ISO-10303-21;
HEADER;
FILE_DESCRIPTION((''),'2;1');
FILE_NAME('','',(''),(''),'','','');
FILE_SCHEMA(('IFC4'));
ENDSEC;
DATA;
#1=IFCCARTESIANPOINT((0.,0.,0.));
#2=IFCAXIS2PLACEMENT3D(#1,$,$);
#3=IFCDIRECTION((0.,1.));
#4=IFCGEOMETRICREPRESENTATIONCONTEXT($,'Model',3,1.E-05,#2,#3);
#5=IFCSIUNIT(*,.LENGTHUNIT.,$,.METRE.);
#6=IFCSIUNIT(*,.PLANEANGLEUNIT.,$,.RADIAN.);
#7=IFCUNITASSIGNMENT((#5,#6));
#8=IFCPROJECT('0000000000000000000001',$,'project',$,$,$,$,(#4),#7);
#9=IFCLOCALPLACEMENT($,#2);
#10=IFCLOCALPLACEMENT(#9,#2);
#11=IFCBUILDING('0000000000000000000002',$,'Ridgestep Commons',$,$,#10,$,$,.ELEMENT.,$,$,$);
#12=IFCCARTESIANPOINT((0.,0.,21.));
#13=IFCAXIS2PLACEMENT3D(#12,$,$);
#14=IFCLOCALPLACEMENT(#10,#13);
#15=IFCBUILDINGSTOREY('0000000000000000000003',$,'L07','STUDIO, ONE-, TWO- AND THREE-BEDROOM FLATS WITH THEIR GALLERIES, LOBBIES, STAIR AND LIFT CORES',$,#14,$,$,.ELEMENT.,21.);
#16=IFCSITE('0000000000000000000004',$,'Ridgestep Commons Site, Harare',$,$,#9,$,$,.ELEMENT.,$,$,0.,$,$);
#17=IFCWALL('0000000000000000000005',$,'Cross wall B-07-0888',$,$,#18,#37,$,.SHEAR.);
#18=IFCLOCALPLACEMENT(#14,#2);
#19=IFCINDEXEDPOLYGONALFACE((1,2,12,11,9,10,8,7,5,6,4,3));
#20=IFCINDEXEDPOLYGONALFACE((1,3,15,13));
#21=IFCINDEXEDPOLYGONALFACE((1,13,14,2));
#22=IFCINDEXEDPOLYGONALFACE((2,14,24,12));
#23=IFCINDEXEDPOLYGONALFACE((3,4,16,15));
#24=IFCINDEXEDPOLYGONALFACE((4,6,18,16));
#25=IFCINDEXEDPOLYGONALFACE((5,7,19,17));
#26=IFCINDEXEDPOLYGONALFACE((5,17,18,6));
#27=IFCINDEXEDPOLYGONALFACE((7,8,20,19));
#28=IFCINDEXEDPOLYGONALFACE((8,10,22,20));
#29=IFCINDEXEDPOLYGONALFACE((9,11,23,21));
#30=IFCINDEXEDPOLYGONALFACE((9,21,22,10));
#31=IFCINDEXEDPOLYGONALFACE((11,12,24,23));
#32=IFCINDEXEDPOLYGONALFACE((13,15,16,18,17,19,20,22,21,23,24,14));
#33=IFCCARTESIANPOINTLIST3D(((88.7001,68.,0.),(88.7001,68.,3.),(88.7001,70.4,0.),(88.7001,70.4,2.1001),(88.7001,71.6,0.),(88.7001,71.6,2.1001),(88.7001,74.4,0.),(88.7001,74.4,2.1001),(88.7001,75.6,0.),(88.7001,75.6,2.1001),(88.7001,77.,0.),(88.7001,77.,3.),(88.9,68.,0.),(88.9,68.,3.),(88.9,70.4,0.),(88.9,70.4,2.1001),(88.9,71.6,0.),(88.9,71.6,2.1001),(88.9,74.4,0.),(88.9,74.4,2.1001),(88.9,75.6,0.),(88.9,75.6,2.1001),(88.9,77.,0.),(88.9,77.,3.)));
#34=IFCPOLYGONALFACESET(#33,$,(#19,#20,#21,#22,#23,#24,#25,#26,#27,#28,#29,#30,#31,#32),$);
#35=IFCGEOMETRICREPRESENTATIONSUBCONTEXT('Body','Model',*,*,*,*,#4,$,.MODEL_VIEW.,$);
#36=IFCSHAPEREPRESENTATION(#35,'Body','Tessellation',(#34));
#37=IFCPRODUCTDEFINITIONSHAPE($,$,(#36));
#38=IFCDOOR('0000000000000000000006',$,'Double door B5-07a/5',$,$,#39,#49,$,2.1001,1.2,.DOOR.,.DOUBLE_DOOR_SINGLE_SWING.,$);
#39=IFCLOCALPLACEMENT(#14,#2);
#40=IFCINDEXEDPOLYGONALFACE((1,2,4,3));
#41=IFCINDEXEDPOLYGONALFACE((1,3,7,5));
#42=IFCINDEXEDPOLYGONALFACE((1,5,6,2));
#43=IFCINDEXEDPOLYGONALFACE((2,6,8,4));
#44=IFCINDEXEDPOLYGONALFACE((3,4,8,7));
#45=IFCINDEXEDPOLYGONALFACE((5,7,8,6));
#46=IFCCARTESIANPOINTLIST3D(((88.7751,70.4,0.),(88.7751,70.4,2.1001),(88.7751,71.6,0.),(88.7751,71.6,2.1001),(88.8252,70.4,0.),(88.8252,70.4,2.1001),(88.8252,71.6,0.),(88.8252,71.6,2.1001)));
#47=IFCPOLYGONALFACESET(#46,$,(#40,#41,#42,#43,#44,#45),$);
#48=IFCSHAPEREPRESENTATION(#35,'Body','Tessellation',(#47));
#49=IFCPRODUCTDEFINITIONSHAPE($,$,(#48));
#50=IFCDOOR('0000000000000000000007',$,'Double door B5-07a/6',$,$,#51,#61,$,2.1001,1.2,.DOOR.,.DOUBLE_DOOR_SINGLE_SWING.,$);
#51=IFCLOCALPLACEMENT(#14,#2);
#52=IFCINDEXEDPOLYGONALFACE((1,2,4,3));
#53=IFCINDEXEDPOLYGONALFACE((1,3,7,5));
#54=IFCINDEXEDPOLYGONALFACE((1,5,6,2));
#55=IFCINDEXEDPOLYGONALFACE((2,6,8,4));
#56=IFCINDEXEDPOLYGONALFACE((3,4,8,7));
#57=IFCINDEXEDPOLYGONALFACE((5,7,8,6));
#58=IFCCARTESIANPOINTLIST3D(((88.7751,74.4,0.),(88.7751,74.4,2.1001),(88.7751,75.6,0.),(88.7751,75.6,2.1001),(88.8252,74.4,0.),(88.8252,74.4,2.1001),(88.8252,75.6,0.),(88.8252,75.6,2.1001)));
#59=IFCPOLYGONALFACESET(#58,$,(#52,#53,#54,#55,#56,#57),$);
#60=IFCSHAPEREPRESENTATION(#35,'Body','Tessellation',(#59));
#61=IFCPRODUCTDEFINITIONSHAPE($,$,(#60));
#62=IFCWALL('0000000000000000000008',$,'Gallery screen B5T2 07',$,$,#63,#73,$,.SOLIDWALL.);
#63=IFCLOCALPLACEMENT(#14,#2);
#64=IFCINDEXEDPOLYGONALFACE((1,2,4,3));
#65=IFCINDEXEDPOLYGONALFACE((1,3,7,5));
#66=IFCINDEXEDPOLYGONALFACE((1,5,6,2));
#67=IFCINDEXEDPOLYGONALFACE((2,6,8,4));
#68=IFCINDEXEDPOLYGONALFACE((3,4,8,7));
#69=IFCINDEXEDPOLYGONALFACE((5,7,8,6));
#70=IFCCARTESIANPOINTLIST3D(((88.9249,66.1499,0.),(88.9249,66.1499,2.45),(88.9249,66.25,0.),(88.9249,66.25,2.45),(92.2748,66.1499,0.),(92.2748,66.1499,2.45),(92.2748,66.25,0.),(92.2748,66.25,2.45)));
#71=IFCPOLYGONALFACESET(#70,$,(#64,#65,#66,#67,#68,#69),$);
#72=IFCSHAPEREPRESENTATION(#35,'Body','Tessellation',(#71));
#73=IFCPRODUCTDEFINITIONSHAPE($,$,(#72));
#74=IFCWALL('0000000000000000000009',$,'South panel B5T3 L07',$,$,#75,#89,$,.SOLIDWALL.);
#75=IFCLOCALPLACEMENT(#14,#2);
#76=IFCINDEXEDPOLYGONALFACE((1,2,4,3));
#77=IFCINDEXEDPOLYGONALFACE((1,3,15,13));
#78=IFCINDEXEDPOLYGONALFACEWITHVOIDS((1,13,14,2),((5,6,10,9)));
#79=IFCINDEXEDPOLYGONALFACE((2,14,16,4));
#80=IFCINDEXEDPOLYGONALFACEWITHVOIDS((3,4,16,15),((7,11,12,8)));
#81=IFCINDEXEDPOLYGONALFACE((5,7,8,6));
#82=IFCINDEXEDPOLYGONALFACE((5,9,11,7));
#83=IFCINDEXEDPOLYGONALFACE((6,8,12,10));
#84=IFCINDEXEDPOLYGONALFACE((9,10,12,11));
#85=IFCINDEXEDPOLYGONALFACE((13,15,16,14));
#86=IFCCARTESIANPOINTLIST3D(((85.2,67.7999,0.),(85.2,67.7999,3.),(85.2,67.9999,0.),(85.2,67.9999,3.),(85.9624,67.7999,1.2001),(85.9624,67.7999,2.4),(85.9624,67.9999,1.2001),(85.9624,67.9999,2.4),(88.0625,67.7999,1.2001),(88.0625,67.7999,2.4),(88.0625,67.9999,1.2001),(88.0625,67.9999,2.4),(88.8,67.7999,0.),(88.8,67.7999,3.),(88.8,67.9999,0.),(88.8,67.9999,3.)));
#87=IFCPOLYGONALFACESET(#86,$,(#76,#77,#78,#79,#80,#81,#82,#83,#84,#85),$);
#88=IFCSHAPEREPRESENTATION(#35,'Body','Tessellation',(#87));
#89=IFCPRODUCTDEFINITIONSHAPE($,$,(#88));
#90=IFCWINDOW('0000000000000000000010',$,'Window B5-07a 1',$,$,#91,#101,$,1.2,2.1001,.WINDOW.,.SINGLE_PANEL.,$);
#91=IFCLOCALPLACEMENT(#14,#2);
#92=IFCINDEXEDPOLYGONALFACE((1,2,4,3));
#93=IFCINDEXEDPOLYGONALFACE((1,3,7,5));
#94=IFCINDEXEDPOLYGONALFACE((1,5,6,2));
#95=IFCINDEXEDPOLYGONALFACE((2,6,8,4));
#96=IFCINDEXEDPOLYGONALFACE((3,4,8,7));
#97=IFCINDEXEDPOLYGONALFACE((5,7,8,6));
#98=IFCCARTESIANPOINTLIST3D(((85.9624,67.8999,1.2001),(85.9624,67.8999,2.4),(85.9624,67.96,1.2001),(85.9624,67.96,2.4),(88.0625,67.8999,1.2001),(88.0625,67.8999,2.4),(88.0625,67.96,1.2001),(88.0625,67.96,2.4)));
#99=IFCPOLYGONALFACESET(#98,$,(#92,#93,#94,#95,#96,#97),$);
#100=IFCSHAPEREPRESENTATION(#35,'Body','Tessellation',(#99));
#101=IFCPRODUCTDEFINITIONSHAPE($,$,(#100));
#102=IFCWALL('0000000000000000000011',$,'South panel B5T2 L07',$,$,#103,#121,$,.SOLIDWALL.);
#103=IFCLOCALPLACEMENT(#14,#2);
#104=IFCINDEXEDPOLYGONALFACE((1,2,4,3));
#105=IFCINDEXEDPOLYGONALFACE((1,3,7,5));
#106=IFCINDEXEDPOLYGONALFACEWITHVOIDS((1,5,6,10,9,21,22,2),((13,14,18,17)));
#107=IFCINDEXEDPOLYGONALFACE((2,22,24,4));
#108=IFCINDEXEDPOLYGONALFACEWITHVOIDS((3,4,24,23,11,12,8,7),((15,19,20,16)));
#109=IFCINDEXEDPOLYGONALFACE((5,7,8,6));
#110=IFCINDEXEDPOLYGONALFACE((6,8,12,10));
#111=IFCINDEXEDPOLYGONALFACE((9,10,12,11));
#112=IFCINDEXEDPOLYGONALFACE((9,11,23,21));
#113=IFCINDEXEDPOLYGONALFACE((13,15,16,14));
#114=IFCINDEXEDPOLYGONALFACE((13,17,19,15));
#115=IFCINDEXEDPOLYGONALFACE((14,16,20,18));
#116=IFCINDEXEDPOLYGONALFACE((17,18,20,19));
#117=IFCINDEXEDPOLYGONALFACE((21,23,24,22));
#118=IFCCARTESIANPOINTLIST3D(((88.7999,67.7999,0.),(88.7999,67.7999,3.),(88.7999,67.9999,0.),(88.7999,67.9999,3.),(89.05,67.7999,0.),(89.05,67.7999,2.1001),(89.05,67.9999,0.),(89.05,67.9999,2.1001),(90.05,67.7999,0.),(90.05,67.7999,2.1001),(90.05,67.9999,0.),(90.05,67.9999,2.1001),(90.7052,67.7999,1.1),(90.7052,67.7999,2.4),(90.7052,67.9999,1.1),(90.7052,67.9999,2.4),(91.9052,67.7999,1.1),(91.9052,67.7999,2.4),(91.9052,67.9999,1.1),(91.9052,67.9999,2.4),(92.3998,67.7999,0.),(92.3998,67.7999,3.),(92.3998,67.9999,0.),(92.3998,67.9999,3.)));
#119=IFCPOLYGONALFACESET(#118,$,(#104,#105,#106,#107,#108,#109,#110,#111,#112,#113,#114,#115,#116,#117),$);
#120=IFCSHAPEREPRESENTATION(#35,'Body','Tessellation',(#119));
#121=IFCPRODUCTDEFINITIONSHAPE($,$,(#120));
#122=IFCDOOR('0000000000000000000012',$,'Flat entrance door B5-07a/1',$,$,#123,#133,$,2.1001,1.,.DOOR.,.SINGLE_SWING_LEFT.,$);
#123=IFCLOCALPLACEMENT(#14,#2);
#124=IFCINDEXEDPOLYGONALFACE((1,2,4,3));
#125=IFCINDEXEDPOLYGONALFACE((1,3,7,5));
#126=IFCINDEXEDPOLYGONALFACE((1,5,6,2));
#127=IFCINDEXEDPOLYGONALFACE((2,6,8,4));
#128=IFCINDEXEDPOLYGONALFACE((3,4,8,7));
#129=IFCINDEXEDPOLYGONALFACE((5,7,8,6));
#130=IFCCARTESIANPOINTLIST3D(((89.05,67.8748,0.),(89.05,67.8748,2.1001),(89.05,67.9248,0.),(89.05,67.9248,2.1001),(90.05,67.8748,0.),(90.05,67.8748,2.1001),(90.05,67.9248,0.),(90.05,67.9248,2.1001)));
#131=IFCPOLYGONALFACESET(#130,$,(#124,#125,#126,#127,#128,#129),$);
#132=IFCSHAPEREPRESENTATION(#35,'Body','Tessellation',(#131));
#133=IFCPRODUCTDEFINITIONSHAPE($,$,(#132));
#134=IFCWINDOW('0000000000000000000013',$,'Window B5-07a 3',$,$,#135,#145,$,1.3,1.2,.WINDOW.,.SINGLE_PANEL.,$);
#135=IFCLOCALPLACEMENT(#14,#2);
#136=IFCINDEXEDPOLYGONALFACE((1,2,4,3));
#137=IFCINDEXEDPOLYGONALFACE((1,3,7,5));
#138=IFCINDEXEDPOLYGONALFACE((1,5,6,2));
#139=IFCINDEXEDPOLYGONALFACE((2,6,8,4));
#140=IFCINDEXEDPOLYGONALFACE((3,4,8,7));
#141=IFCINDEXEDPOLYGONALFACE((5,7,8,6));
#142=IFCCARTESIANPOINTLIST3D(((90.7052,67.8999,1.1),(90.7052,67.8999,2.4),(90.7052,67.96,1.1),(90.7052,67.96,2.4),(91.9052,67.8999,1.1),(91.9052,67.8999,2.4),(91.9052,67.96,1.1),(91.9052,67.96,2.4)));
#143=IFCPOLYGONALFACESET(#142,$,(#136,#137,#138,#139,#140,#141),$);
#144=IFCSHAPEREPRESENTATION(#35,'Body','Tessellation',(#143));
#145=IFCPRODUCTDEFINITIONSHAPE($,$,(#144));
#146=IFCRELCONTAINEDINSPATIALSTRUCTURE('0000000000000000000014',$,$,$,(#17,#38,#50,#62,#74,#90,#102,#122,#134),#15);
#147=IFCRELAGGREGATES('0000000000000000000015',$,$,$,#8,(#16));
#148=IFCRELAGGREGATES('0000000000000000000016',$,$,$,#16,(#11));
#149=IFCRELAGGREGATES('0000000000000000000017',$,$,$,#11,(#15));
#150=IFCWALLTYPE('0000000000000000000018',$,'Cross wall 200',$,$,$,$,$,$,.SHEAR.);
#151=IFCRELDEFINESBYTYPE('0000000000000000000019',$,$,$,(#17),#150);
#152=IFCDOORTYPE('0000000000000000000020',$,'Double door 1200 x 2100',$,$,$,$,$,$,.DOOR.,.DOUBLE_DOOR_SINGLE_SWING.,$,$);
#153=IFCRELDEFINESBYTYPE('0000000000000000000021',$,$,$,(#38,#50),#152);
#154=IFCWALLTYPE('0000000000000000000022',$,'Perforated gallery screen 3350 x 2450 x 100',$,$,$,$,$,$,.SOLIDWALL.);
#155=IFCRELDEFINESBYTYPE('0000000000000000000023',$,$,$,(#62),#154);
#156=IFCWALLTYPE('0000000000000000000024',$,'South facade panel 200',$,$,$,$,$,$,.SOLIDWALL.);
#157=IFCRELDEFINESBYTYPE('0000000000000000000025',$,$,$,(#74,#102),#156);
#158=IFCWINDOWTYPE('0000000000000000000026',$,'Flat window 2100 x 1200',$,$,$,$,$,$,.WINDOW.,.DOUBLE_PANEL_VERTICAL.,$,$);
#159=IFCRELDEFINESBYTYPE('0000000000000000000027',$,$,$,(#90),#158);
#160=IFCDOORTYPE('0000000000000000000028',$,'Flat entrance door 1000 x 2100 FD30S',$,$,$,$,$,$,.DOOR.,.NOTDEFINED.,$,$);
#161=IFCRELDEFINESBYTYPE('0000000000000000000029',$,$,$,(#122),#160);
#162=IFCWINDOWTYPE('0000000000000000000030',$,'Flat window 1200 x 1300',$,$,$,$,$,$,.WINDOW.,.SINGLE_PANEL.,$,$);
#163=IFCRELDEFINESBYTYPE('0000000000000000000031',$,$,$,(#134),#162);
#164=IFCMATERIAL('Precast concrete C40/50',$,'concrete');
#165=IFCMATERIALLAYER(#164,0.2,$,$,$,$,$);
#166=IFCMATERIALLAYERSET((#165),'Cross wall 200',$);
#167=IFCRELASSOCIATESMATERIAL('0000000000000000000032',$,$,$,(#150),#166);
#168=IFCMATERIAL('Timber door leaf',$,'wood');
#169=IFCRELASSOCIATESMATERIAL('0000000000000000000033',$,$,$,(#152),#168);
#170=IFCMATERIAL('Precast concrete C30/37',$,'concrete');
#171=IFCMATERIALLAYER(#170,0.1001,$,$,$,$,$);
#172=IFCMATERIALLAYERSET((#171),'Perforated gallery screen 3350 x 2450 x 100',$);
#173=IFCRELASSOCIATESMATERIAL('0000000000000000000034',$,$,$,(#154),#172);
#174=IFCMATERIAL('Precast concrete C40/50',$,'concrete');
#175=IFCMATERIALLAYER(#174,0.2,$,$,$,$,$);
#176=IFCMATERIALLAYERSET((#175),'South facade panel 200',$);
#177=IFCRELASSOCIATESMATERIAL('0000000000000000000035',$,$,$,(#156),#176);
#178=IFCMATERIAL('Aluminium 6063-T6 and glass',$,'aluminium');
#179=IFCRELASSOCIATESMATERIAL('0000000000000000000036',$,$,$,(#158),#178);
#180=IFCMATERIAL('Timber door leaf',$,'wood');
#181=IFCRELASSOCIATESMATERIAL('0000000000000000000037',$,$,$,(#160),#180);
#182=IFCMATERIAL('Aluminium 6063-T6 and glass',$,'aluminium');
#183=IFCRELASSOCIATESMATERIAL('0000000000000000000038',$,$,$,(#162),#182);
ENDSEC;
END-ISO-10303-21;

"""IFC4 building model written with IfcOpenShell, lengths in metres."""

from ifc_helpers import new_model, si_unit, direction, frame, frame_2d, origin, place, context, subcontext, project, spatial, rectangle, extrude, material, layer, layer_set, type_object, element, fill, save


model = new_model("IFC4")

# Units and contexts
model_context = context("Model", 3, precision=1e-05, world=origin(), true_north=direction((0.0, 1.0)))
body_context = subcontext(model_context, "Body", "Model", "MODEL_VIEW")
ifc_project = project(units=[si_unit("LENGTHUNIT", "METRE"), si_unit("PLANEANGLEUNIT", "RADIAN")], contexts=[model_context])

# Site, building, storey
site_placement = place(None, origin())
site = spatial("IfcSite", under=ifc_project, at=site_placement, Name="Ridgestep Commons Site, Harare", CompositionType="ELEMENT", RefElevation=0.0)
building_placement = place(site_placement, origin())
building = spatial("IfcBuilding", under=site, at=building_placement, Name="Ridgestep Commons", CompositionType="ELEMENT")
storey_placement = place(building_placement, frame((0.0, 0.0, 21.0)))
storey = spatial("IfcBuildingStorey", under=building, at=storey_placement, Name="L07", Description="STUDIO, ONE-, TWO- AND THREE-BEDROOM FLATS WITH THEIR GALLERIES, LOBBIES, STAIR AND LIFT CORES", CompositionType="ELEMENT", Elevation=21.0)

# Wall, openings, doors
ifc_material_1 = material(Name="Precast concrete C40/50", Category="concrete")
ifc_layer_1 = layer(ifc_material_1, 0.2)
ifc_layer_set_1 = layer_set([ifc_layer_1], Name="Cross wall 200")
wall_type_1 = type_object("IfcWallType", Name="Cross wall 200", PredefinedType="SHEAR", material=ifc_layer_set_1)
wall_1_placement = place(storey_placement, frame((88.8, 68.0, 0.0), z_axis=(0.0, 0.0, 1.0), x_axis=(0.0, 1.0, 0.0)))
wall_1 = element("IfcWall", 1, at=wall_1_placement, inside=storey, type_object=wall_type_1, Name="Cross wall B-07-0888", PredefinedType="SHEAR", context=body_context, shape_type="SweptSolid", body=[
    extrude(rectangle(XDim=9.0, YDim=0.2, at=frame_2d((4.5, 0.0))), origin(), (0.0, 0.0, 1.0), 3.0),
])
opening_1_placement = place(wall_1_placement, frame((2.3999, 0.0, 0.0)))
opening_1 = element("IfcOpeningElement", 2, at=opening_1_placement, cuts=wall_1, PredefinedType="OPENING", context=body_context, shape_type="SweptSolid", body=[
    extrude(rectangle(XDim=1.2, YDim=2.1001, at=frame_2d((0.6001, 1.05))), frame((0.0, 0.1099, 0.0), z_axis=(0.0, -1.0, 0.0), x_axis=(1.0, 0.0, 0.0)), (0.0, 0.0, 1.0), 0.22),
])
opening_2_placement = place(wall_1_placement, frame((6.3999, 0.0, 0.0)))
opening_2 = element("IfcOpeningElement", 3, at=opening_2_placement, cuts=wall_1, PredefinedType="OPENING", context=body_context, shape_type="SweptSolid", body=[
    extrude(rectangle(XDim=1.2, YDim=2.1001, at=frame_2d((0.6001, 1.05))), frame((0.0, 0.1099, 0.0), z_axis=(0.0, -1.0, 0.0), x_axis=(1.0, 0.0, 0.0)), (0.0, 0.0, 1.0), 0.22),
])
ifc_material_2 = material(Name="Timber door leaf", Category="wood")
door_type_1 = type_object("IfcDoorType", Name="Double door 1200 x 2100", OperationType="DOUBLE_DOOR_SINGLE_SWING", PredefinedType="DOOR", material=ifc_material_2)
door_1_placement = place(opening_1_placement, origin())
door_1 = element("IfcDoor", 4, at=door_1_placement, inside=storey, type_object=door_type_1, Name="Double door B5-07a/5", OperationType="DOUBLE_DOOR_SINGLE_SWING", OverallHeight=2.1001, OverallWidth=1.2, PredefinedType="DOOR", context=body_context, shape_type="SweptSolid", body=[
    extrude(rectangle(XDim=1.2, YDim=2.1001, at=frame_2d((0.6001, 1.05))), frame((0.0, 0.0249, 0.0), z_axis=(0.0, -1.0, 0.0), x_axis=(1.0, 0.0, 0.0)), (0.0, 0.0, 1.0), 0.05),
])
fill(opening_1, door_1)
door_2_placement = place(opening_2_placement, origin())
door_2 = element("IfcDoor", 5, at=door_2_placement, inside=storey, type_object=door_type_1, Name="Double door B5-07a/6", OperationType="DOUBLE_DOOR_SINGLE_SWING", OverallHeight=2.1001, OverallWidth=1.2, PredefinedType="DOOR", context=body_context, shape_type="SweptSolid", body=[
    extrude(rectangle(XDim=1.2, YDim=2.1001, at=frame_2d((0.6001, 1.05))), frame((0.0, 0.0249, 0.0), z_axis=(0.0, -1.0, 0.0), x_axis=(1.0, 0.0, 0.0)), (0.0, 0.0, 1.0), 0.05),
])
fill(opening_2, door_2)

# Wall
ifc_material_3 = material(Name="Precast concrete C30/37", Category="concrete")
ifc_layer_2 = layer(ifc_material_3, 0.1001)
ifc_layer_set_2 = layer_set([ifc_layer_2], Name="Perforated gallery screen 3350 x 2450 x 100")
wall_type_2 = type_object("IfcWallType", Name="Perforated gallery screen 3350 x 2450 x 100", PredefinedType="SOLIDWALL", material=ifc_layer_set_2)
wall_2_placement = place(storey_placement, frame((88.925, 66.2, 0.0), z_axis=(0.0, 0.0, 1.0), x_axis=(1.0, 0.0, 0.0)))
element("IfcWall", 6, at=wall_2_placement, inside=storey, type_object=wall_type_2, Name="Gallery screen B5T2 07", PredefinedType="SOLIDWALL", context=body_context, shape_type="SweptSolid", body=[
    extrude(rectangle(XDim=3.3499, YDim=0.1001, at=frame_2d((1.6748, 0.0))), origin(), (0.0, 0.0, 1.0), 2.45),
])

# Wall, opening, window
ifc_material_4 = material(Name="Precast concrete C40/50", Category="concrete")
ifc_layer_3 = layer(ifc_material_4, 0.2)
ifc_layer_set_3 = layer_set([ifc_layer_3], Name="South facade panel 200")
wall_type_3 = type_object("IfcWallType", Name="South facade panel 200", PredefinedType="SOLIDWALL", material=ifc_layer_set_3)
wall_3_placement = place(storey_placement, frame((85.2, 67.8999, 0.0), z_axis=(0.0, 0.0, 1.0), x_axis=(1.0, 0.0, 0.0)))
wall_3 = element("IfcWall", 7, at=wall_3_placement, inside=storey, type_object=wall_type_3, Name="South panel B5T3 L07", PredefinedType="SOLIDWALL", context=body_context, shape_type="SweptSolid", body=[
    extrude(rectangle(XDim=3.6001, YDim=0.2, at=frame_2d((1.8, 0.0))), origin(), (0.0, 0.0, 1.0), 3.0),
])
opening_3_placement = place(wall_3_placement, frame((0.7625, 0.0, 1.2)))
opening_3 = element("IfcOpeningElement", 8, at=opening_3_placement, cuts=wall_3, PredefinedType="OPENING", context=body_context, shape_type="SweptSolid", body=[
    extrude(rectangle(XDim=2.1001, YDim=1.2, at=frame_2d((1.05, 0.6001))), frame((0.0, 0.1099, 0.0), z_axis=(0.0, -1.0, 0.0), x_axis=(1.0, 0.0, 0.0)), (0.0, 0.0, 1.0), 0.22),
])
ifc_material_5 = material(Name="Aluminium 6063-T6 and glass", Category="aluminium")
window_type_1 = type_object("IfcWindowType", Name="Flat window 2100 x 1200", PartitioningType="DOUBLE_PANEL_VERTICAL", PredefinedType="WINDOW", material=ifc_material_5)
window_1_placement = place(opening_3_placement, origin())
window_1 = element("IfcWindow", 9, at=window_1_placement, inside=storey, type_object=window_type_1, Name="Window B5-07a 1", OverallHeight=1.2, OverallWidth=2.1001, PartitioningType="SINGLE_PANEL", PredefinedType="WINDOW", context=body_context, shape_type="SweptSolid", body=[
    extrude(rectangle(XDim=2.1001, YDim=1.2, at=frame_2d((1.05, 0.6001))), frame((0.0, 0.0601, 0.0), z_axis=(0.0, -1.0, 0.0), x_axis=(1.0, 0.0, 0.0)), (0.0, 0.0, 1.0), 0.0601),
])
fill(opening_3, window_1)

# Wall, openings, door, window
wall_4_placement = place(storey_placement, frame((88.8, 67.8999, 0.0), z_axis=(0.0, 0.0, 1.0), x_axis=(1.0, 0.0, 0.0)))
wall_4 = element("IfcWall", 10, at=wall_4_placement, inside=storey, type_object=wall_type_3, Name="South panel B5T2 L07", PredefinedType="SOLIDWALL", context=body_context, shape_type="SweptSolid", body=[
    extrude(rectangle(XDim=3.5999, YDim=0.2, at=frame_2d((1.7998, 0.0))), origin(), (0.0, 0.0, 1.0), 3.0),
])
opening_4_placement = place(wall_4_placement, frame((1.905, 0.0, 1.1001)))
opening_4 = element("IfcOpeningElement", 11, at=opening_4_placement, cuts=wall_4, PredefinedType="OPENING", context=body_context, shape_type="SweptSolid", body=[
    extrude(rectangle(XDim=1.2, YDim=1.3, at=frame_2d((0.6001, 0.6499))), frame((0.0, 0.1099, 0.0), z_axis=(0.0, -1.0, 0.0), x_axis=(1.0, 0.0, 0.0)), (0.0, 0.0, 1.0), 0.22),
])
opening_5_placement = place(wall_4_placement, frame((0.25, 0.0, 0.0)))
opening_5 = element("IfcOpeningElement", 12, at=opening_5_placement, cuts=wall_4, PredefinedType="OPENING", context=body_context, shape_type="SweptSolid", body=[
    extrude(rectangle(XDim=1.0, YDim=2.1001, at=frame_2d((0.5, 1.05))), frame((0.0, 0.1099, 0.0), z_axis=(0.0, -1.0, 0.0), x_axis=(1.0, 0.0, 0.0)), (0.0, 0.0, 1.0), 0.22),
])
ifc_material_6 = material(Name="Timber door leaf", Category="wood")
door_type_2 = type_object("IfcDoorType", Name="Flat entrance door 1000 x 2100 FD30S", OperationType="NOTDEFINED", PredefinedType="DOOR", material=ifc_material_6)
door_3_placement = place(opening_5_placement, origin())
door_3 = element("IfcDoor", 13, at=door_3_placement, inside=storey, type_object=door_type_2, Name="Flat entrance door B5-07a/1", OperationType="SINGLE_SWING_LEFT", OverallHeight=2.1001, OverallWidth=1.0, PredefinedType="DOOR", context=body_context, shape_type="SweptSolid", body=[
    extrude(rectangle(XDim=1.0, YDim=2.1001, at=frame_2d((0.5, 1.05))), frame((0.0, 0.0249, 0.0), z_axis=(0.0, -1.0, 0.0), x_axis=(1.0, 0.0, 0.0)), (0.0, 0.0, 1.0), 0.05),
])
fill(opening_5, door_3)
ifc_material_7 = material(Name="Aluminium 6063-T6 and glass", Category="aluminium")
window_type_2 = type_object("IfcWindowType", Name="Flat window 1200 x 1300", PartitioningType="SINGLE_PANEL", PredefinedType="WINDOW", material=ifc_material_7)
window_2_placement = place(opening_4_placement, origin())
window_2 = element("IfcWindow", 14, at=window_2_placement, inside=storey, type_object=window_type_2, Name="Window B5-07a 3", OverallHeight=1.3, OverallWidth=1.2, PartitioningType="SINGLE_PANEL", PredefinedType="WINDOW", context=body_context, shape_type="SweptSolid", body=[
    extrude(rectangle(XDim=1.2, YDim=1.3, at=frame_2d((0.6001, 0.6499))), frame((0.0, 0.0601, 0.0), z_axis=(0.0, -1.0, 0.0), x_axis=(1.0, 0.0, 0.0)), (0.0, 0.0, 1.0), 0.0601),
])
fill(opening_4, window_2)

save(model, "model.ifc")
